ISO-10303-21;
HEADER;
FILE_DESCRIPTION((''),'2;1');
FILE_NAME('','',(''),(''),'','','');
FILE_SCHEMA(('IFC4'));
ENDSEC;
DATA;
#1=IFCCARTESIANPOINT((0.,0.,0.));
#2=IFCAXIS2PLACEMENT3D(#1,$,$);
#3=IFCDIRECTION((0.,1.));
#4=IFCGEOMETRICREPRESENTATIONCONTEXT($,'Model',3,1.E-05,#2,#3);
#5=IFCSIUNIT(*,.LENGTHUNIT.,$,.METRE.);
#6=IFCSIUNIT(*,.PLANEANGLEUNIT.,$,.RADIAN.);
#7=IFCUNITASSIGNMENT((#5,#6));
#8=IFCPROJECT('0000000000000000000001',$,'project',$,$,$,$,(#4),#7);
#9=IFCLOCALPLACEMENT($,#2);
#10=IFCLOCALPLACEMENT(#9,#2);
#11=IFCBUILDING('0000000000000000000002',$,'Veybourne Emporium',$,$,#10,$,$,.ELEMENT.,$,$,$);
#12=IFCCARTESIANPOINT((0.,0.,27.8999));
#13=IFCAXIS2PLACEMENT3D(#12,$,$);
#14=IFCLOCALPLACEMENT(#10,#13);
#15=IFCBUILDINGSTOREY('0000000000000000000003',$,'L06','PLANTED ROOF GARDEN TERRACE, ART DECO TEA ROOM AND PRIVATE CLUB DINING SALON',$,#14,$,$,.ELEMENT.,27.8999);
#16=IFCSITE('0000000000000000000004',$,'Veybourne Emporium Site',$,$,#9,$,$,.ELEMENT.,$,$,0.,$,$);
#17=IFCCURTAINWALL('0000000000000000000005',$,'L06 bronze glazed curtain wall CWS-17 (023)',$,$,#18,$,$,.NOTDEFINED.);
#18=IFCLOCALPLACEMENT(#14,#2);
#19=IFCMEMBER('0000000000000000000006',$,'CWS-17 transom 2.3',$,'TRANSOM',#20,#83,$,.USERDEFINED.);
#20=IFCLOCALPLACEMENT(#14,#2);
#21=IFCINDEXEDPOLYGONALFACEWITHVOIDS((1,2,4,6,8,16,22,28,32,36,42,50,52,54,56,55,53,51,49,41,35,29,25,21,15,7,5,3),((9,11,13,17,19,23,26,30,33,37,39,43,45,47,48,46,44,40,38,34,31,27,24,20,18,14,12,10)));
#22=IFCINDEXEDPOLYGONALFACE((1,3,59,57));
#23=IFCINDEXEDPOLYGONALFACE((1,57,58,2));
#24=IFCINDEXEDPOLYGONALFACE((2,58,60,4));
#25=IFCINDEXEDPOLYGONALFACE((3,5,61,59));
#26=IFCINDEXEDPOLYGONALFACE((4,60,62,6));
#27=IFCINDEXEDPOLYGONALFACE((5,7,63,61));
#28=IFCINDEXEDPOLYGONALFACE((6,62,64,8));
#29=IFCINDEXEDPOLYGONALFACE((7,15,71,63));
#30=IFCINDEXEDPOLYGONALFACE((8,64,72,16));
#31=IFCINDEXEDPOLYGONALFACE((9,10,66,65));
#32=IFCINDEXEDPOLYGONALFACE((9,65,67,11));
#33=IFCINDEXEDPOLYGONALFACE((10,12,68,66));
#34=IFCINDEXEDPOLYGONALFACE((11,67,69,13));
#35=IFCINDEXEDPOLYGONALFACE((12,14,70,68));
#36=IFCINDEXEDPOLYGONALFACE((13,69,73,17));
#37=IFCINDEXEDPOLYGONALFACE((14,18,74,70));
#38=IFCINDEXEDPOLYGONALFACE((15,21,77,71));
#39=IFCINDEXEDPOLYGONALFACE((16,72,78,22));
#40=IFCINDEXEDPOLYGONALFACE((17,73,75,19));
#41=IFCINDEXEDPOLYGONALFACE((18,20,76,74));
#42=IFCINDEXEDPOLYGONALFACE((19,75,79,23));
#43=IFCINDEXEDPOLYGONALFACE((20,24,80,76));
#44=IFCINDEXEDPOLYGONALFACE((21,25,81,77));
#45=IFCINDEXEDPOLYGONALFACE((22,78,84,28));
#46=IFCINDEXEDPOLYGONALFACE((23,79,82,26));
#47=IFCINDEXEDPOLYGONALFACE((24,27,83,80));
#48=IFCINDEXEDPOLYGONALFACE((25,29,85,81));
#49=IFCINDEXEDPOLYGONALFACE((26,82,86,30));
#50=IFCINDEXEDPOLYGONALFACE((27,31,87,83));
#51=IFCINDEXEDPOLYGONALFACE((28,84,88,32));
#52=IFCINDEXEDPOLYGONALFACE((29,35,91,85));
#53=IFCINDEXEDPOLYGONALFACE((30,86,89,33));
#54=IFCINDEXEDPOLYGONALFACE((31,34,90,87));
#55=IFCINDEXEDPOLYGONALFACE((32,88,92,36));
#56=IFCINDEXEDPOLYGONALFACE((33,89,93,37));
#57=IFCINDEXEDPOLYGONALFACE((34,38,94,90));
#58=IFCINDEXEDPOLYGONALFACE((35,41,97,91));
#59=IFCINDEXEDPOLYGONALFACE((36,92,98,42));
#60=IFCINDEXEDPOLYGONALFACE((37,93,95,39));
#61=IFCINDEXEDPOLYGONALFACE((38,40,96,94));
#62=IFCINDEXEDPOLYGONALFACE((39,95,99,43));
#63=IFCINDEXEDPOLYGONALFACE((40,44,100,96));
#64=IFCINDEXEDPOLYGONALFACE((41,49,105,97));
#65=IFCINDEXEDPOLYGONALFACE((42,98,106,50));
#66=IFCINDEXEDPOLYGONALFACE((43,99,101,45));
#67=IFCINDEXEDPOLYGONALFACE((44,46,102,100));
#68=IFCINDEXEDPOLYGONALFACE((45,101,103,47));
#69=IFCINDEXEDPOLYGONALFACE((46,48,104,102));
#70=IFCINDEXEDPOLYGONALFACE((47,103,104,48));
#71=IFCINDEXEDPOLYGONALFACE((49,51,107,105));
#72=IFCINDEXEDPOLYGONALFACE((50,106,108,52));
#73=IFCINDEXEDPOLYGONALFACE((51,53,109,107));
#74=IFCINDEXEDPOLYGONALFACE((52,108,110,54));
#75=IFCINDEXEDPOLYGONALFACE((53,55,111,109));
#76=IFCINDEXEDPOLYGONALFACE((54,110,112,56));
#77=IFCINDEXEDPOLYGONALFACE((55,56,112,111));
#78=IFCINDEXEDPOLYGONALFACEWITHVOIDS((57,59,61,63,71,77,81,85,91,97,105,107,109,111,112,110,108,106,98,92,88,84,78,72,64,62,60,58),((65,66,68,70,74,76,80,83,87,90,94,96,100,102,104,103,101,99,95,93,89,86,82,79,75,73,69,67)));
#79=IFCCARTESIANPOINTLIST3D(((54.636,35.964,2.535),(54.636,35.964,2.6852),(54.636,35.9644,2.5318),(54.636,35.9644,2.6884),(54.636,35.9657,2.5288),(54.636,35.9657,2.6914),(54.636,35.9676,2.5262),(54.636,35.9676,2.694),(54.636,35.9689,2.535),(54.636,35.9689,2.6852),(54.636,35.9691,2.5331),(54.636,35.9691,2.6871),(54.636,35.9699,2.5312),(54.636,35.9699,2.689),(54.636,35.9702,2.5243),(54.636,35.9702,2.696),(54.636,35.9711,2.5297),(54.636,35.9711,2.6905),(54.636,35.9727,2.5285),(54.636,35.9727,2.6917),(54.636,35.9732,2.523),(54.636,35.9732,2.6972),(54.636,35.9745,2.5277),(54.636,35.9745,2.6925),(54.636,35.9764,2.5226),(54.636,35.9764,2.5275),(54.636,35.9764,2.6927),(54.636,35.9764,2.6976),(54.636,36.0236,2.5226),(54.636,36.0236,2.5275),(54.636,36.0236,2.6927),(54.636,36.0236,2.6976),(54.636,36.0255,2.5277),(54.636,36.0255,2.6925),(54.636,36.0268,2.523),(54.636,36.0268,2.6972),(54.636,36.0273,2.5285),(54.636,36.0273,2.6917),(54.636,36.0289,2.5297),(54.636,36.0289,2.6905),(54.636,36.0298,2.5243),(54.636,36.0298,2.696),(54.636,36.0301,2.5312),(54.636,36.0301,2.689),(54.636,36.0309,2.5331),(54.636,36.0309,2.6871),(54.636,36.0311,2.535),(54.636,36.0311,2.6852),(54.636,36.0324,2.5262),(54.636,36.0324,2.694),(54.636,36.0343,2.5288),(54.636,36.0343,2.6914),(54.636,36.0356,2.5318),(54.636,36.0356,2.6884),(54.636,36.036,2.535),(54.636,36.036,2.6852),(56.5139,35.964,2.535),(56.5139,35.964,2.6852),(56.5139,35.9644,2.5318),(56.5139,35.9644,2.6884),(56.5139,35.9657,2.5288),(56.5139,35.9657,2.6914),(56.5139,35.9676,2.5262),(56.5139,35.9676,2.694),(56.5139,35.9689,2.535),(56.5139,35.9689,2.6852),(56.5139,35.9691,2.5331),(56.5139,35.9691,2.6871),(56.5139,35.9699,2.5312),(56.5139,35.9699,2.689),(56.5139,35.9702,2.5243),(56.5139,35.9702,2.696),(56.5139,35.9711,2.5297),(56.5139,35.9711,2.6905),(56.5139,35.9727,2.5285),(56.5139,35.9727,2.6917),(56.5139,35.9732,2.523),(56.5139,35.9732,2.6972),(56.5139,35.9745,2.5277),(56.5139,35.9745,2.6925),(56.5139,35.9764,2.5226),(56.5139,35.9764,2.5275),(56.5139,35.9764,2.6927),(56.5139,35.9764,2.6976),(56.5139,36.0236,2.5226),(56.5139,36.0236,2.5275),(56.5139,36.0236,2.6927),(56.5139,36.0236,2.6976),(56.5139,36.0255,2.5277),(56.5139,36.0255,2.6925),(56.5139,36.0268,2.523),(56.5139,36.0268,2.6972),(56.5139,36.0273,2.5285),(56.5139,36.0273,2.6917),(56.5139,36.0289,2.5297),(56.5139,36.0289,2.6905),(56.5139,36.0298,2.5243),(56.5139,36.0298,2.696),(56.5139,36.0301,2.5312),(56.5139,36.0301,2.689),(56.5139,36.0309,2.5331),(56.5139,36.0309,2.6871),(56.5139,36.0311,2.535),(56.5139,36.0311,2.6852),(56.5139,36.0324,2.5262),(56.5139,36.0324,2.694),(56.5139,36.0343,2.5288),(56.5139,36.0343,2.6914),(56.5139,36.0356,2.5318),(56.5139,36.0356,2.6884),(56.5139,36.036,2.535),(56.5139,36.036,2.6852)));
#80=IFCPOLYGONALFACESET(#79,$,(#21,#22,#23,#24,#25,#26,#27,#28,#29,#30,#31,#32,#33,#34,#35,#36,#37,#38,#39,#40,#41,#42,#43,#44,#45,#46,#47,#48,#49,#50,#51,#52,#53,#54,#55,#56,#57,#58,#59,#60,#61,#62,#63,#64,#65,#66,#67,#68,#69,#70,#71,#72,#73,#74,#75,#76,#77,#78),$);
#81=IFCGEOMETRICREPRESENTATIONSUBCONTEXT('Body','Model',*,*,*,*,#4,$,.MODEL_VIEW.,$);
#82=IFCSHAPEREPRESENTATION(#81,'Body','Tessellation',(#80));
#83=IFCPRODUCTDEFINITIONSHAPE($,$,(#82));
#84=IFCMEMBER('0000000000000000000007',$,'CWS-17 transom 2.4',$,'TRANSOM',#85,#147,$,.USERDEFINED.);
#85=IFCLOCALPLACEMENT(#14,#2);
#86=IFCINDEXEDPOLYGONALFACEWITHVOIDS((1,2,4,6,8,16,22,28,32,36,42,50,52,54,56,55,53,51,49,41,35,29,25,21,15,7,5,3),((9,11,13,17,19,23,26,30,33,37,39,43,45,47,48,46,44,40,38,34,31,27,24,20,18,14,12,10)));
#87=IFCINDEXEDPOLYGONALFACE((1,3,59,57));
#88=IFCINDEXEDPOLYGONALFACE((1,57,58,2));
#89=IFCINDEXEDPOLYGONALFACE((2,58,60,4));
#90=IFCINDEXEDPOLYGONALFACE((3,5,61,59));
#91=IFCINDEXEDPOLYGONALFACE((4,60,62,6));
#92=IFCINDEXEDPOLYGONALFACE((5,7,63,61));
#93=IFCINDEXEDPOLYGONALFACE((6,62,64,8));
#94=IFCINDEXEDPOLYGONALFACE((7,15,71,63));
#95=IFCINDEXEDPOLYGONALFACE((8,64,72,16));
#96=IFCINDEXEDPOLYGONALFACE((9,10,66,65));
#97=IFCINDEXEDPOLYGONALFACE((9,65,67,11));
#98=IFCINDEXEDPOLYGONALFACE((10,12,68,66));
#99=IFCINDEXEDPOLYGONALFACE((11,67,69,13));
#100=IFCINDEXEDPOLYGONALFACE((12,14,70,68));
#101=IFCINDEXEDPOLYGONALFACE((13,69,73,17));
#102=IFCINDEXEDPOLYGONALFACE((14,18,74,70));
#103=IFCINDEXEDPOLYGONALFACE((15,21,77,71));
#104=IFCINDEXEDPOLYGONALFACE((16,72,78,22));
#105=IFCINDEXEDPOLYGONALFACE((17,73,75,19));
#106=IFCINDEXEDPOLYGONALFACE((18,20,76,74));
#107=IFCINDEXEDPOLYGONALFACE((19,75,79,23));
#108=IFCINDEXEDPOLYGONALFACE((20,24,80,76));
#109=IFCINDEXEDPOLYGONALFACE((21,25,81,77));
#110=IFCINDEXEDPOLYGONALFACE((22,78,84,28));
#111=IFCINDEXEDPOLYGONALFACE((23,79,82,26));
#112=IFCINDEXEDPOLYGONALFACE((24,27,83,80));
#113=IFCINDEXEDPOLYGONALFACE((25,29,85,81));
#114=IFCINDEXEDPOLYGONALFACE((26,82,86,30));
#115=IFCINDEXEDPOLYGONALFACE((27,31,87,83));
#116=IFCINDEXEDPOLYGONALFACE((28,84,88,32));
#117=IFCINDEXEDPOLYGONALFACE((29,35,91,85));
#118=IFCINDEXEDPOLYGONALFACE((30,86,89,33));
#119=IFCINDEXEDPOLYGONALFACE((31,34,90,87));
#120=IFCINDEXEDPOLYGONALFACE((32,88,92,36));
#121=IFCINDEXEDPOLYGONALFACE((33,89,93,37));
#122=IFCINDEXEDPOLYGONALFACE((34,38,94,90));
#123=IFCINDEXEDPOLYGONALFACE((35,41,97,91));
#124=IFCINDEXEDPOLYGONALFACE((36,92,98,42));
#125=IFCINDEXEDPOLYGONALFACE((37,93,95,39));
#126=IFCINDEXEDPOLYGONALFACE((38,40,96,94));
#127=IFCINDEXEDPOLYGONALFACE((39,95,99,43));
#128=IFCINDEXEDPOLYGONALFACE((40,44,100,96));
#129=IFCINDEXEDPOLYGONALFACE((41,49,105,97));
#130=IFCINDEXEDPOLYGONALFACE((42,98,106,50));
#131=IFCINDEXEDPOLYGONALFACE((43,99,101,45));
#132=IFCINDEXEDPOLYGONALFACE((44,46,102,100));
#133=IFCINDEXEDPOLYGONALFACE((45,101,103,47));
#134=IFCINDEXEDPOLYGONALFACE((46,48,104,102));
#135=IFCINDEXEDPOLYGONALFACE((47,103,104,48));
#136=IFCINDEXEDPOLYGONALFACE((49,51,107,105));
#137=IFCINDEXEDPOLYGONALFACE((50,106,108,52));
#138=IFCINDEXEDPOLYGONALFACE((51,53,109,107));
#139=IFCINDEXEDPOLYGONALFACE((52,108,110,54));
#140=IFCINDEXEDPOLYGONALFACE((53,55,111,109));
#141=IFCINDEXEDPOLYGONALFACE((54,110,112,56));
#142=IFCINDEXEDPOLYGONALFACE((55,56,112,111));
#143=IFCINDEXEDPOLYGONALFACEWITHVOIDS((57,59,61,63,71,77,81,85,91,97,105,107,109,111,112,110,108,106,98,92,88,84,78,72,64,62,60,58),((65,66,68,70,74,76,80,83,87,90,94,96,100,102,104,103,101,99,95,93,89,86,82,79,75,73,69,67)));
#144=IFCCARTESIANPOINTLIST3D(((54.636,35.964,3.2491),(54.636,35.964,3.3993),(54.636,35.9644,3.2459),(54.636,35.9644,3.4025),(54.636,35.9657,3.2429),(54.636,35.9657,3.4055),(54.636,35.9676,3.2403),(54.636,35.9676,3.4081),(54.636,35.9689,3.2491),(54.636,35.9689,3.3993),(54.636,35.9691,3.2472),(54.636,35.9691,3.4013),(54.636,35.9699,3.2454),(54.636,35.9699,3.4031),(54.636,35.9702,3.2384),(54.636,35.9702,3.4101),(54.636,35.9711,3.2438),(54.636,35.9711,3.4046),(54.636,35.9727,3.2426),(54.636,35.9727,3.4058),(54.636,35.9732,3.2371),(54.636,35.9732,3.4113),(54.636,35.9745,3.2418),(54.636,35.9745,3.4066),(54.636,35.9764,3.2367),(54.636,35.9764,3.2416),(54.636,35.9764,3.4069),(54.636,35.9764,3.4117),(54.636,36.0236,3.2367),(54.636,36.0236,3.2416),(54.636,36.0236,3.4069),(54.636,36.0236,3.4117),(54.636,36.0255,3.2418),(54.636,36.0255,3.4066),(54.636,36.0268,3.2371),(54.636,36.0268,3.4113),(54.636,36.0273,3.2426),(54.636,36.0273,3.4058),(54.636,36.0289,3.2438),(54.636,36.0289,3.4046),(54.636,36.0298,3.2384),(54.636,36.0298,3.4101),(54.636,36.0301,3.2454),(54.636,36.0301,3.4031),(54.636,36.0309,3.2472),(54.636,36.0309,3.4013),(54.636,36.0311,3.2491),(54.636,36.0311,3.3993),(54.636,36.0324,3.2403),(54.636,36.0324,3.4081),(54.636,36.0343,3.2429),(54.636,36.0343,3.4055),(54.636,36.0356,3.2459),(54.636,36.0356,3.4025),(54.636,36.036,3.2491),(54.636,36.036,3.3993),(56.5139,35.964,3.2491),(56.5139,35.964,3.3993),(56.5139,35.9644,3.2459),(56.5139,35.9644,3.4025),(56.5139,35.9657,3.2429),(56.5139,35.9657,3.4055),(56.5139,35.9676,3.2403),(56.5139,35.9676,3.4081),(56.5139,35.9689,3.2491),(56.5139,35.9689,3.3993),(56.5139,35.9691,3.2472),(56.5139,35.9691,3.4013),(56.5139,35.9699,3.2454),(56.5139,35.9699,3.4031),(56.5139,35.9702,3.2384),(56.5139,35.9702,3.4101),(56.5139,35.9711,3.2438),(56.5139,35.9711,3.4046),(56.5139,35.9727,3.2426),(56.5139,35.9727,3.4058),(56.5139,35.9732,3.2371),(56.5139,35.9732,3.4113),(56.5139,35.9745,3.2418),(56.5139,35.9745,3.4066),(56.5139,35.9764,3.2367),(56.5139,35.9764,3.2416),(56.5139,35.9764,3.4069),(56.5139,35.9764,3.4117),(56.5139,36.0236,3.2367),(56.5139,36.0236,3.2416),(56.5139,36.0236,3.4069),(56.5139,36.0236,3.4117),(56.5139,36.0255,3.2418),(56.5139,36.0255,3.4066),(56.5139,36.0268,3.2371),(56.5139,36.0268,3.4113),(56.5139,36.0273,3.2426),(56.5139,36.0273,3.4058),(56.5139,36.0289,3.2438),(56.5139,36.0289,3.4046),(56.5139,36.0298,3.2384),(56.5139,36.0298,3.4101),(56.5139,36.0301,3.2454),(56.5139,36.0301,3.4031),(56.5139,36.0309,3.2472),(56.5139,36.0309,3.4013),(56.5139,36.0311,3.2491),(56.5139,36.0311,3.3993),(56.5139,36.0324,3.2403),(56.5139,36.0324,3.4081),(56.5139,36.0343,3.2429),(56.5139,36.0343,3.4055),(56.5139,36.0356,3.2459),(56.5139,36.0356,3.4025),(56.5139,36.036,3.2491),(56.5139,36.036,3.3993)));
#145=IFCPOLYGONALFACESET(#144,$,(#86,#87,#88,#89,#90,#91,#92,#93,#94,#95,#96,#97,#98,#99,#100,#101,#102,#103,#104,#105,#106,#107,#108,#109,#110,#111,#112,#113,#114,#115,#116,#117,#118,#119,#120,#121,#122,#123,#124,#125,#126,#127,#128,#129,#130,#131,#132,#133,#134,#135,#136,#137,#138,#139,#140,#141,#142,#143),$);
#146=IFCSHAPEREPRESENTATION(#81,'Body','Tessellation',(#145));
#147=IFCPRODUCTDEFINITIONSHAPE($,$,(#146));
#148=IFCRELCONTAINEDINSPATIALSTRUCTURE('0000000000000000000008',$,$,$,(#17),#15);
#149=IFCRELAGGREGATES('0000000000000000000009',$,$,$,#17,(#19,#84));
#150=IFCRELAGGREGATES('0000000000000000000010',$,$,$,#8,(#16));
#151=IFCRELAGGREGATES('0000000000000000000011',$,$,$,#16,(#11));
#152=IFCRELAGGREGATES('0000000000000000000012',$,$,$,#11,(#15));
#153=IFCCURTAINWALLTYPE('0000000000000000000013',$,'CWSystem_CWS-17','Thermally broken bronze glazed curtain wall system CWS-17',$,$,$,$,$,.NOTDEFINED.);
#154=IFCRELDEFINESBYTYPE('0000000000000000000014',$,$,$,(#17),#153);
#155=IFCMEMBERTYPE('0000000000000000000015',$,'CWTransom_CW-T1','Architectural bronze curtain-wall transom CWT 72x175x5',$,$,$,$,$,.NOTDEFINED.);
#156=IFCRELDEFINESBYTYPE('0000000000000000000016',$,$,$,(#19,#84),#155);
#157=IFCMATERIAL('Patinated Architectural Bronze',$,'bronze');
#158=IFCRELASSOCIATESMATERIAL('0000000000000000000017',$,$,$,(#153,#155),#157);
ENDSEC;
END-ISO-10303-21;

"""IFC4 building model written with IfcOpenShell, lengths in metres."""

from ifc_helpers import new_model, si_unit, direction, frame, origin, origin_2d, place, context, subcontext, project, spatial, hollow_rectangle, extrude, material, material_profile, profile_set, type_object, element, aggregate, save


model = new_model("IFC4")

# Units and contexts
model_context = context("Model", 3, precision=1e-05, world=origin(), true_north=direction((0.0, 1.0)))
body_context = subcontext(model_context, "Body", "Model", "MODEL_VIEW")
ifc_project = project(units=[si_unit("LENGTHUNIT", "METRE"), si_unit("PLANEANGLEUNIT", "RADIAN")], contexts=[model_context])

# Site, building, storey
site_placement = place(None, origin())
site = spatial("IfcSite", under=ifc_project, at=site_placement, Name="Veybourne Emporium Site", CompositionType="ELEMENT", RefElevation=0.0)
building_placement = place(site_placement, origin())
building = spatial("IfcBuilding", under=site, at=building_placement, Name="Veybourne Emporium", CompositionType="ELEMENT")
storey_placement = place(building_placement, frame((0.0, 0.0, 27.8999)))
storey = spatial("IfcBuildingStorey", under=building, at=storey_placement, Name="L06", Description="PLANTED ROOF GARDEN TERRACE, ART DECO TEA ROOM AND PRIVATE CLUB DINING SALON", CompositionType="ELEMENT", Elevation=27.8999)

# Curtain wall, members
ifc_material_1 = material(Name="Patinated Architectural Bronze", Category="bronze")
curtain_wall_type = type_object("IfcCurtainWallType", Name="CWSystem_CWS-17", Description="Thermally broken bronze glazed curtain wall system CWS-17", PredefinedType="NOTDEFINED", material=ifc_material_1)
curtain_wall_placement = place(storey_placement, origin())
curtain_wall = element("IfcCurtainWall", 1, at=curtain_wall_placement, inside=storey, type_object=curtain_wall_type, Name="L06 bronze glazed curtain wall CWS-17 (023)", PredefinedType="NOTDEFINED")
ifc_material_profile_1 = material_profile(ifc_material_1, hollow_rectangle(XDim=0.072, YDim=0.175, WallThickness=0.0049, InnerFilletRadius=0.0076, OuterFilletRadius=0.0125, at=origin_2d()), Name="CWT 72x175x5")
ifc_profile_set_1 = profile_set([ifc_material_profile_1], Name="Patinated Architectural Bronze")
member_type_1 = type_object("IfcMemberType", Name="CWTransom_CW-T1", Description="Architectural bronze curtain-wall transom CWT 72x175x5", PredefinedType="NOTDEFINED", material=ifc_profile_set_1)
member_1_placement = place(storey_placement, frame((56.5139, 36.0, 2.6101), z_axis=(-1.0, 0.0, 0.0), x_axis=(0.0, -1.0, 0.0)))
member_1 = element("IfcMember", 2, at=member_1_placement, type_object=member_type_1, Name="CWS-17 transom 2.3", ObjectType="TRANSOM", PredefinedType="USERDEFINED", context=body_context, shape_type="SweptSolid", body=[
    extrude(hollow_rectangle(XDim=0.072, YDim=0.175, WallThickness=0.0049, InnerFilletRadius=0.0076, OuterFilletRadius=0.0125, at=origin_2d()), origin(), (0.0, 0.0, 1.0), 1.8779),
])
member_2_placement = place(storey_placement, frame((56.5139, 36.0, 3.3242), z_axis=(-1.0, 0.0, 0.0), x_axis=(0.0, -1.0, 0.0)))
member_2 = element("IfcMember", 3, at=member_2_placement, type_object=member_type_1, Name="CWS-17 transom 2.4", ObjectType="TRANSOM", PredefinedType="USERDEFINED", context=body_context, shape_type="SweptSolid", body=[
    extrude(hollow_rectangle(XDim=0.072, YDim=0.175, WallThickness=0.0049, InnerFilletRadius=0.0076, OuterFilletRadius=0.0125, at=origin_2d()), origin(), (0.0, 0.0, 1.0), 1.8779),
])

aggregate(curtain_wall, [member_1, member_2])

save(model, "model.ifc")
